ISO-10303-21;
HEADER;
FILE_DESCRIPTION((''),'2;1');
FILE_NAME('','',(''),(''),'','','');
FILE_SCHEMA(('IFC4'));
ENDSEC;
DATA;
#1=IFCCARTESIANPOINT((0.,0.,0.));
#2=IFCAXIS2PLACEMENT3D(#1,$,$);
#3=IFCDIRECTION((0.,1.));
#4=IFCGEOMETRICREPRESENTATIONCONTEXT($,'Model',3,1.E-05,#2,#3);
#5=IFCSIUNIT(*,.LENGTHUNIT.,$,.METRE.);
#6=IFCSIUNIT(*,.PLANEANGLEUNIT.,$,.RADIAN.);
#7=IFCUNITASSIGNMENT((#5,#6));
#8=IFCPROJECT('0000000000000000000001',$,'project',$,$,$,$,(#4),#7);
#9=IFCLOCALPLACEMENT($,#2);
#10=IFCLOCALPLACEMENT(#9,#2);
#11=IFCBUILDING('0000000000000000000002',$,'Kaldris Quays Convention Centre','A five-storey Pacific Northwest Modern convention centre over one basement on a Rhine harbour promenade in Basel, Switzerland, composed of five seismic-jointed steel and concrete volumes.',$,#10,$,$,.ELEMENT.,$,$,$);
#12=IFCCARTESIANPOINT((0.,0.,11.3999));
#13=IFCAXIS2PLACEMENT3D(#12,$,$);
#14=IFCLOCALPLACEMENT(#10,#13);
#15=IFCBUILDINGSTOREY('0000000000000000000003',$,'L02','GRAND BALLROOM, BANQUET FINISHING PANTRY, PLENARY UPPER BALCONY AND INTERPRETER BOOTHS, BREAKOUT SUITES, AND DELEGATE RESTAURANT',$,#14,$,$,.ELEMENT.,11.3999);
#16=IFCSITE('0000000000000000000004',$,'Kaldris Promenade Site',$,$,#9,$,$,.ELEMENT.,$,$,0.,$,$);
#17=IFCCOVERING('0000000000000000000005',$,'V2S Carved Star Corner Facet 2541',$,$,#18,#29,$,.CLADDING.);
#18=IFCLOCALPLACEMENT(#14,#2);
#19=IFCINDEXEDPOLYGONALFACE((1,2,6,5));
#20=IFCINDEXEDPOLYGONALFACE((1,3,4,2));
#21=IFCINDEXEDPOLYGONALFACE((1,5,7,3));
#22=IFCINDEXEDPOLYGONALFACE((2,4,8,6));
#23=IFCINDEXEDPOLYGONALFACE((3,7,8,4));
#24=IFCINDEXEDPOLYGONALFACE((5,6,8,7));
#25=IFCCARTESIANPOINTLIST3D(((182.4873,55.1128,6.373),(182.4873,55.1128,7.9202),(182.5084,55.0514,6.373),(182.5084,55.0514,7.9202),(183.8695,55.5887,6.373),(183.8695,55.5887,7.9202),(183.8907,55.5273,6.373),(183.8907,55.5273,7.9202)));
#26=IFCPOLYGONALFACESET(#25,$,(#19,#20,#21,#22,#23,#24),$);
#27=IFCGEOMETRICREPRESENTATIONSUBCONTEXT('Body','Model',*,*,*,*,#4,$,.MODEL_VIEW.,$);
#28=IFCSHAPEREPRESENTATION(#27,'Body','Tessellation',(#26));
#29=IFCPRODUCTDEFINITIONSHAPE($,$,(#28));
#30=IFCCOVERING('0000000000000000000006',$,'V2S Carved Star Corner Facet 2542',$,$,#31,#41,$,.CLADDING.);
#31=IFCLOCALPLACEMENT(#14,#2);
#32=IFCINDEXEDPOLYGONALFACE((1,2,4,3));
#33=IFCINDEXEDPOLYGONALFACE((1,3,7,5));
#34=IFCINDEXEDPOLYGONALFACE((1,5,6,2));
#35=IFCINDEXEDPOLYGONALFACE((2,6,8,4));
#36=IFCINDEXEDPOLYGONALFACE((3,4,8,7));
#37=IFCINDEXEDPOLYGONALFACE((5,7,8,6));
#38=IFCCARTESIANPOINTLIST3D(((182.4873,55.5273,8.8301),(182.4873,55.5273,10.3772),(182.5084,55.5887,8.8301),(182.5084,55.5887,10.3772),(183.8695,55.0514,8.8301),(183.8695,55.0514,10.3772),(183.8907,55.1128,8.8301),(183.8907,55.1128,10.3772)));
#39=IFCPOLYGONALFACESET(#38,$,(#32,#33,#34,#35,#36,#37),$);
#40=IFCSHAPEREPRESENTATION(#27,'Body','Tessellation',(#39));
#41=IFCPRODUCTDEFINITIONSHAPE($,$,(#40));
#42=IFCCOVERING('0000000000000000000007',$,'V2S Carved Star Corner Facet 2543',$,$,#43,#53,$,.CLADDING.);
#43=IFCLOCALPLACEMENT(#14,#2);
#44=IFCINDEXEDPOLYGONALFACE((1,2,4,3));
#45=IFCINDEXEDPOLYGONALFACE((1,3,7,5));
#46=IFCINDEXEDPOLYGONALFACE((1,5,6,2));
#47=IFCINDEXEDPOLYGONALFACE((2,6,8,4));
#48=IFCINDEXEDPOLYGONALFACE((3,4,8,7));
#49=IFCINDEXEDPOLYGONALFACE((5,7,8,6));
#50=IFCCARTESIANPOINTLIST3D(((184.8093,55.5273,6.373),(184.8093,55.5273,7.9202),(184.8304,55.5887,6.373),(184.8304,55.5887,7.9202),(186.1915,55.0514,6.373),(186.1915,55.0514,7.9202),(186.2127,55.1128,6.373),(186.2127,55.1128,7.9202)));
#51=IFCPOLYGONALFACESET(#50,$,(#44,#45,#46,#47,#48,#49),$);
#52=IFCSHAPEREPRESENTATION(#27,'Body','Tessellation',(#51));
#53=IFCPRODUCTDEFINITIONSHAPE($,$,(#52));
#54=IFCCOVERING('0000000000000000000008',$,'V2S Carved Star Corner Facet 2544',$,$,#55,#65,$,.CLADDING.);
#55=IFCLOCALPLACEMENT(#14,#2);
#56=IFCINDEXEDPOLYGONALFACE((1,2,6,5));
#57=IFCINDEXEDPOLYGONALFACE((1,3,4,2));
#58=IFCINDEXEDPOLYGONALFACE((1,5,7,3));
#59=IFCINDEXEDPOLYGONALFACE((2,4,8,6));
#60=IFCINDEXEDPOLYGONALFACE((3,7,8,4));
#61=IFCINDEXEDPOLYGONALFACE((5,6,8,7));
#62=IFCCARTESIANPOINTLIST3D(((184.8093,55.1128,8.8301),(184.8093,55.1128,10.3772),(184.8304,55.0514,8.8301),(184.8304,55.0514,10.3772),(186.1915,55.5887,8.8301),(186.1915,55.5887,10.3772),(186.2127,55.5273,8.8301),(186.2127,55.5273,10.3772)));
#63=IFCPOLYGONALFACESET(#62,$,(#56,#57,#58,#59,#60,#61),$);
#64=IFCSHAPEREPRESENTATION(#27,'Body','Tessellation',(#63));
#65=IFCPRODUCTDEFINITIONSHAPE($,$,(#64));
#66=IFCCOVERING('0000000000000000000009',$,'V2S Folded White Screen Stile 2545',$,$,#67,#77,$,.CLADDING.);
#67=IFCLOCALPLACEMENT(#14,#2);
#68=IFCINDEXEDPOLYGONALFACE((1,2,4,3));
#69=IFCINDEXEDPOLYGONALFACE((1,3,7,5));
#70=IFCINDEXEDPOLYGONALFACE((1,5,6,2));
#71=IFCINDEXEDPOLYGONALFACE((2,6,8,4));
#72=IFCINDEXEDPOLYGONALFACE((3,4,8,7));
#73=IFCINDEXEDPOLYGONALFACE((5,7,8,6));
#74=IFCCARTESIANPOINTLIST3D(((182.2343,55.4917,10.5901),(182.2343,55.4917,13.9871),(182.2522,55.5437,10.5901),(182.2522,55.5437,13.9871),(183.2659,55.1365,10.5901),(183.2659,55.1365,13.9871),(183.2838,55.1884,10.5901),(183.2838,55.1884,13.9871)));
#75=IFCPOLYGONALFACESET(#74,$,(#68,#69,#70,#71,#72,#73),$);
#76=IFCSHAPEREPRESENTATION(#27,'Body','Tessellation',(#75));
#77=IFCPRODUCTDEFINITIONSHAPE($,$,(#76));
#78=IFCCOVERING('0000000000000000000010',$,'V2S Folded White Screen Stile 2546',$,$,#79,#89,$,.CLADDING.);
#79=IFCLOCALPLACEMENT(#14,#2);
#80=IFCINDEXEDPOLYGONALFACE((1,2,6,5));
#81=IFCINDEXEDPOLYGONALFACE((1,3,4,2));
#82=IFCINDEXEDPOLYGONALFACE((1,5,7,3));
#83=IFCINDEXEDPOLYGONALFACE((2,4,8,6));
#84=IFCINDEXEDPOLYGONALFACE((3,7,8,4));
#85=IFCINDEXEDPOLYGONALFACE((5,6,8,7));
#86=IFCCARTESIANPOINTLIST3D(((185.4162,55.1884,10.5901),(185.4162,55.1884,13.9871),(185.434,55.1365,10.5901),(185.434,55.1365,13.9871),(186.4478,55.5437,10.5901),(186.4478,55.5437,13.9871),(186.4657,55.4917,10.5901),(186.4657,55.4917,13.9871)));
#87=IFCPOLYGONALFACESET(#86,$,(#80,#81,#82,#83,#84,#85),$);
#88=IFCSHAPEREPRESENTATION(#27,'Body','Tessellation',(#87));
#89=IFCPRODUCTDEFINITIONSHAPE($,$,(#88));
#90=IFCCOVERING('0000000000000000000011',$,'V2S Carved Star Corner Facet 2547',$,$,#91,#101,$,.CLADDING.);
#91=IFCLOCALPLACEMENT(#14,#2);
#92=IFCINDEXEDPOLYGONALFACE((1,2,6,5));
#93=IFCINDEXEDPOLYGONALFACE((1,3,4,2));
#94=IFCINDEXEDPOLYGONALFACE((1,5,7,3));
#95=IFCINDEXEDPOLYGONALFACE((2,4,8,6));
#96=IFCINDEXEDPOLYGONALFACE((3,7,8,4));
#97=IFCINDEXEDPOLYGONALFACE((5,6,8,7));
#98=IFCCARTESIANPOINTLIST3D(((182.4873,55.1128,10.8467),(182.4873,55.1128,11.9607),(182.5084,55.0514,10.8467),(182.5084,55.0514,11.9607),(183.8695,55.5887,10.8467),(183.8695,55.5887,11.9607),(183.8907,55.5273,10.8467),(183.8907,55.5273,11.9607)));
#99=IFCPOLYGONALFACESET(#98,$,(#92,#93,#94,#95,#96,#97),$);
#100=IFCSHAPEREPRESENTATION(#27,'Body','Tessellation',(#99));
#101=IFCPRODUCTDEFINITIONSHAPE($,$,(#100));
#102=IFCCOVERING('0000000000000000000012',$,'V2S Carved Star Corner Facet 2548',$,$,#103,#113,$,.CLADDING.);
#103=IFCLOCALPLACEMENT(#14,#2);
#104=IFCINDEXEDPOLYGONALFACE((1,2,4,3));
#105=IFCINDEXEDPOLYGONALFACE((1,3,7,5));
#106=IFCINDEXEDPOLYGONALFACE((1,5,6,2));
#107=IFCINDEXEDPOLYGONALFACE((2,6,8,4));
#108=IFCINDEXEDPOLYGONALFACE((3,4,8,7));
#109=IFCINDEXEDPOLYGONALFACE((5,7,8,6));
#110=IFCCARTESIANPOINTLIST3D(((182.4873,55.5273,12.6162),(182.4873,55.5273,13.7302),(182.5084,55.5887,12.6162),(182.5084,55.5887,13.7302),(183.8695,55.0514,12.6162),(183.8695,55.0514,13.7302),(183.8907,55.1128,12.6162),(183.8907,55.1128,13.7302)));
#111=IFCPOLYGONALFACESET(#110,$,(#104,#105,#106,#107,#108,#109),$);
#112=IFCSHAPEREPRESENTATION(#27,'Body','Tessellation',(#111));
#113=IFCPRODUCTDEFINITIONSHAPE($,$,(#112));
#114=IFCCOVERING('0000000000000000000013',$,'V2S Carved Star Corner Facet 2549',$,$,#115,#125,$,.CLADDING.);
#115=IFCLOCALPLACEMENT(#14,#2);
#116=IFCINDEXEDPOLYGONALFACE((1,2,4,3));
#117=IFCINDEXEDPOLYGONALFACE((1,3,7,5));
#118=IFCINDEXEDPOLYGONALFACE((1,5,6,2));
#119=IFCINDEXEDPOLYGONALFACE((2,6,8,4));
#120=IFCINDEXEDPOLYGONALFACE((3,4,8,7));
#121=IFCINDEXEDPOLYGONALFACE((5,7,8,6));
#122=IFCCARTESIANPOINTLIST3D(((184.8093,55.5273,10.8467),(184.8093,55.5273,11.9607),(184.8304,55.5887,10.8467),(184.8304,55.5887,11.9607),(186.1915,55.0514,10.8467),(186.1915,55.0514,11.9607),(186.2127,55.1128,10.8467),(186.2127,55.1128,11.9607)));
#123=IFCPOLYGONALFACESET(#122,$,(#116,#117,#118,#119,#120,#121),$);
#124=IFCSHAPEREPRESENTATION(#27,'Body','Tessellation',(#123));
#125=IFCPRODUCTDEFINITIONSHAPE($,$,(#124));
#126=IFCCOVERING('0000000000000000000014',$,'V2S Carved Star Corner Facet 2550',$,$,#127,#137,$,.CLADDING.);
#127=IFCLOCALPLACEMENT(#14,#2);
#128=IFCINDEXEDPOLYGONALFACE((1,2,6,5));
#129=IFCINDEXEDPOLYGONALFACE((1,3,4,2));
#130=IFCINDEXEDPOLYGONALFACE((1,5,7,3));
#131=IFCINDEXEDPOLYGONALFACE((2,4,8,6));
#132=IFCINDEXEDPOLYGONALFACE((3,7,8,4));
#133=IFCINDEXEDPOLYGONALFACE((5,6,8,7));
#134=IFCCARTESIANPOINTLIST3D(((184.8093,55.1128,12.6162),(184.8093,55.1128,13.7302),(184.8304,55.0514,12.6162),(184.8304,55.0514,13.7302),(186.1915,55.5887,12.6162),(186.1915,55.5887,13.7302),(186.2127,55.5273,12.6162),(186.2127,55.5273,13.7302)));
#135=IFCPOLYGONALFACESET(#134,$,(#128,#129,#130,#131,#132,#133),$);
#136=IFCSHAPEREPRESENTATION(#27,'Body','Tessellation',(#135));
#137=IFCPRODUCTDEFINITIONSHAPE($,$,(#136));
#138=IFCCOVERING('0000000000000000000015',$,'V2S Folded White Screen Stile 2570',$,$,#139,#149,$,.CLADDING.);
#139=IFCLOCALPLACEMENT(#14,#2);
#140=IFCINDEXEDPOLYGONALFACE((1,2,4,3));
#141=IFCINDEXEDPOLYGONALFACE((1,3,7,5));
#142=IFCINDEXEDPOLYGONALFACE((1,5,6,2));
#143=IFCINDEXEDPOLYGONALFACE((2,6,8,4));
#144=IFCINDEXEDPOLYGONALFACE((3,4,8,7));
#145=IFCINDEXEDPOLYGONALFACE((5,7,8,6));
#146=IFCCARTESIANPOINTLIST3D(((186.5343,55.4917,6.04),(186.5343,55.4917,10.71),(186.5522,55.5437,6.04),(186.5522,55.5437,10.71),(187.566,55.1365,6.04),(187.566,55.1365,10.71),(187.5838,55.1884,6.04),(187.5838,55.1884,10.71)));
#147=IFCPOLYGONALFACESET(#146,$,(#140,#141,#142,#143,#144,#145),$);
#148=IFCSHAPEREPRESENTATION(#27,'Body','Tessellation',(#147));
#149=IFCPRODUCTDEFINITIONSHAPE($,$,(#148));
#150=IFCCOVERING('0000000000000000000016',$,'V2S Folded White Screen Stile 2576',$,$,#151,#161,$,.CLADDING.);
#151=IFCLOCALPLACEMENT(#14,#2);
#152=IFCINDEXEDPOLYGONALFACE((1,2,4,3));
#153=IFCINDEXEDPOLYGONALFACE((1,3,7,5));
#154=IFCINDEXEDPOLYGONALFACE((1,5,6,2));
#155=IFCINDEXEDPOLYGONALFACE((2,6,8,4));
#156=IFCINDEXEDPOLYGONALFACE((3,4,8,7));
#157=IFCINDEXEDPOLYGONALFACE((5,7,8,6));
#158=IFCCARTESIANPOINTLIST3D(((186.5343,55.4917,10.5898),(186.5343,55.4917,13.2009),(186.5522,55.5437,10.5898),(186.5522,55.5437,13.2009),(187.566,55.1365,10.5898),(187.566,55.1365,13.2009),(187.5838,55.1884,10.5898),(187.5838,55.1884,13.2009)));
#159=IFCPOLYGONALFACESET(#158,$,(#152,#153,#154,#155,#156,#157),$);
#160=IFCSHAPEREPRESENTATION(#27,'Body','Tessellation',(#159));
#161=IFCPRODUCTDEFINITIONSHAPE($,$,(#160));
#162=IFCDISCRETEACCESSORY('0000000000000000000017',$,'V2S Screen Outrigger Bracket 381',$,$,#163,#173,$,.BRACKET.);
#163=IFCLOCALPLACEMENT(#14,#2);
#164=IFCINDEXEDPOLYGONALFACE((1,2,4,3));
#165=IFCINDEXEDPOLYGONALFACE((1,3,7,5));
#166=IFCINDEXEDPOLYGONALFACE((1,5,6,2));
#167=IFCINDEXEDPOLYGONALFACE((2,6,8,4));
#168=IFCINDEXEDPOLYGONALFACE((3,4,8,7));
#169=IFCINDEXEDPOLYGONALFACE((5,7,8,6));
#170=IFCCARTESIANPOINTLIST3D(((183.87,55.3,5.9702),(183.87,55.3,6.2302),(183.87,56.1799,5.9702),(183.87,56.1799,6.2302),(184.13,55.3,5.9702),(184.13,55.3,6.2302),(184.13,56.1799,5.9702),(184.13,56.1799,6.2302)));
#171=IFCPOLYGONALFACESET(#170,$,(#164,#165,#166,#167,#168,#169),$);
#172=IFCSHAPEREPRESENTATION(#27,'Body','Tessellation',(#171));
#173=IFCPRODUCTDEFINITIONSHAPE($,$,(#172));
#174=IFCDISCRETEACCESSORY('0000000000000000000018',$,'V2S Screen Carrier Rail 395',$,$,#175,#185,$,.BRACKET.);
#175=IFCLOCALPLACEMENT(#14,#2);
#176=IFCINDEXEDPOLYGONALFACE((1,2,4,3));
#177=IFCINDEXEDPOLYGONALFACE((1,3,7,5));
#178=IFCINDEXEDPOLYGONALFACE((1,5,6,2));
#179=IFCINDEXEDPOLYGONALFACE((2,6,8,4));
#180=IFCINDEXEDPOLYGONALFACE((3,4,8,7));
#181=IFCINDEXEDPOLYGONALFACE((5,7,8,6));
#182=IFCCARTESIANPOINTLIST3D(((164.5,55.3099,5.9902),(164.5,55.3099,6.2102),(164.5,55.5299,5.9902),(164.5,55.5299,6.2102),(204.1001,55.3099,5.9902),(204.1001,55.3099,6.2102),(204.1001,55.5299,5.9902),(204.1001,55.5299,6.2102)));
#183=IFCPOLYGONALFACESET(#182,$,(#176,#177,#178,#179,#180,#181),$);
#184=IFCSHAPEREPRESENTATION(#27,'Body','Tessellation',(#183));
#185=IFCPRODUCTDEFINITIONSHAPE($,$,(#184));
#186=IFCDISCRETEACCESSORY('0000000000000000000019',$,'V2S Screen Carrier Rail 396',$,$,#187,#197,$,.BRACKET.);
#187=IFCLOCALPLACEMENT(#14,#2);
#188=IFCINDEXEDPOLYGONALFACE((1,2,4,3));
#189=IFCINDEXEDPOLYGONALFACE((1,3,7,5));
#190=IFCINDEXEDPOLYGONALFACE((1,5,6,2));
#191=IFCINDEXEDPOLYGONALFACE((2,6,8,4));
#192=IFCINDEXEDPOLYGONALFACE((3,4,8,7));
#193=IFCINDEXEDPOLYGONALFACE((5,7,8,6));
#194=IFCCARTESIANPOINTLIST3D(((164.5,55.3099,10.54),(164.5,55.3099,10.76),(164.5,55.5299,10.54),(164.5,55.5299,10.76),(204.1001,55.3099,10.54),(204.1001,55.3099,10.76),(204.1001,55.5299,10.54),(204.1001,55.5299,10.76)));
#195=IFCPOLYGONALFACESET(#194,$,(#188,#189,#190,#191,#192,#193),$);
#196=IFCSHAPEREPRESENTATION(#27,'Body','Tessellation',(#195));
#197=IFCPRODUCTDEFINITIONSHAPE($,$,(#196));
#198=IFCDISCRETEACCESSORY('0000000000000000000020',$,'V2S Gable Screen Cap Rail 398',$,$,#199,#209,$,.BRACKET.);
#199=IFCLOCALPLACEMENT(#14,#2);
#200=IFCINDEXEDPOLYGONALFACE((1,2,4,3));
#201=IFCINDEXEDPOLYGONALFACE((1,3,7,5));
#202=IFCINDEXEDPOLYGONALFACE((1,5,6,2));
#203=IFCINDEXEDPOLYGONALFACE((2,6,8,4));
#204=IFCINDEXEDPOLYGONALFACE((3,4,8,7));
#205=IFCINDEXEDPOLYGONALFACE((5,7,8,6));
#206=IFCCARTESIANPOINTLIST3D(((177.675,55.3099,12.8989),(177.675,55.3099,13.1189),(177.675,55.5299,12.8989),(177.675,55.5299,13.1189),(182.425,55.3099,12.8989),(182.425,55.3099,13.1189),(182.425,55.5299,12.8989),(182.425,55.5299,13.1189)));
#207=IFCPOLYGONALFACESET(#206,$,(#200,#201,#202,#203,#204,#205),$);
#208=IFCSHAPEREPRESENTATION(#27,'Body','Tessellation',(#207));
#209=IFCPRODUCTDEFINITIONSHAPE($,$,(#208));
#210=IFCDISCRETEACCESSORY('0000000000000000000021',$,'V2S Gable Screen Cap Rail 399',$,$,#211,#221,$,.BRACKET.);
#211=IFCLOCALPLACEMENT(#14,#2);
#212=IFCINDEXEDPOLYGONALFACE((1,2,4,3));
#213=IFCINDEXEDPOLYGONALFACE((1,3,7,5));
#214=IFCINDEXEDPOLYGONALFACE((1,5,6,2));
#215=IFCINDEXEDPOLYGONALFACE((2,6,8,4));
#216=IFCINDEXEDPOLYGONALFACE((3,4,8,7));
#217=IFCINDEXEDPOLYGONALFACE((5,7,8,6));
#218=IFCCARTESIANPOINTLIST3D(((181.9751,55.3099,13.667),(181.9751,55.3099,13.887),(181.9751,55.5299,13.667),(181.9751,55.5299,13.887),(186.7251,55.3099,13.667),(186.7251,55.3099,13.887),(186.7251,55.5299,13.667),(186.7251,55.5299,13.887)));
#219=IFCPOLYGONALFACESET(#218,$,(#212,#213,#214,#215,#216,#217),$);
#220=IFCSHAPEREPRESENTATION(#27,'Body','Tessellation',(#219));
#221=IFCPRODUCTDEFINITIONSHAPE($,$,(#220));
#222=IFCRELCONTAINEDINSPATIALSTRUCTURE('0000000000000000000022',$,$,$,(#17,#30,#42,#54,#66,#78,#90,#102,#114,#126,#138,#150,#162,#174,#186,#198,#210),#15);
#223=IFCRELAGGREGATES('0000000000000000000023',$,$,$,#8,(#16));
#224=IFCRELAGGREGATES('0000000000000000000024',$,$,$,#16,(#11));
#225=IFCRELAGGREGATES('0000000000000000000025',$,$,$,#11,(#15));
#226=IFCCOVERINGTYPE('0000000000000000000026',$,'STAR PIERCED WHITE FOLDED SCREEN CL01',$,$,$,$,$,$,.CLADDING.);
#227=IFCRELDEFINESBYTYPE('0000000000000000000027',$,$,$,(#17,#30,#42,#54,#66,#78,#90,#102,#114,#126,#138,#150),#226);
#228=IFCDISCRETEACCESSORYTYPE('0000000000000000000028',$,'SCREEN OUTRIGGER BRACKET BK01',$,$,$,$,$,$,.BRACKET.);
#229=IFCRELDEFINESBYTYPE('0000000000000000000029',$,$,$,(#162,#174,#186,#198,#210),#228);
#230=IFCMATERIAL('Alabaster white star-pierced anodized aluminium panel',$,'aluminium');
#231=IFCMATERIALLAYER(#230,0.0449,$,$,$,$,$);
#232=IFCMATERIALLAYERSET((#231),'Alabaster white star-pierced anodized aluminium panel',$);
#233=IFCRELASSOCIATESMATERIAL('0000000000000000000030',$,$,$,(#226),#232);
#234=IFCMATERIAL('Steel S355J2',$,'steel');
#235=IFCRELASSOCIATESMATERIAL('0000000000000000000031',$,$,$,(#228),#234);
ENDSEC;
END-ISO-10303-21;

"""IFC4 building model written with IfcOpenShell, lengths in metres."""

from ifc_helpers import new_model, si_unit, direction, frame, origin, origin_2d, place, context, subcontext, project, spatial, rectangle, extrude, material, layer, layer_set, type_object, element, save


model = new_model("IFC4")

# Units and contexts
model_context = context("Model", 3, precision=1e-05, world=origin(), true_north=direction((0.0, 1.0)))
body_context = subcontext(model_context, "Body", "Model", "MODEL_VIEW")
ifc_project = project(units=[si_unit("LENGTHUNIT", "METRE"), si_unit("PLANEANGLEUNIT", "RADIAN")], contexts=[model_context])

# Site, building, storey
site_placement = place(None, origin())
site = spatial("IfcSite", under=ifc_project, at=site_placement, Name="Kaldris Promenade Site", CompositionType="ELEMENT", RefElevation=0.0)
building_placement = place(site_placement, origin())
building = spatial("IfcBuilding", under=site, at=building_placement, Name="Kaldris Quays Convention Centre", Description="A five-storey Pacific Northwest Modern convention centre over one basement on a Rhine harbour promenade in Basel, Switzerland, composed of five seismic-jointed steel and concrete volumes.", CompositionType="ELEMENT")
storey_placement = place(building_placement, frame((0.0, 0.0, 11.3999)))
storey = spatial("IfcBuildingStorey", under=building, at=storey_placement, Name="L02", Description="GRAND BALLROOM, BANQUET FINISHING PANTRY, PLENARY UPPER BALCONY AND INTERPRETER BOOTHS, BREAKOUT SUITES, AND DELEGATE RESTAURANT", CompositionType="ELEMENT", Elevation=11.3999)

# Coverings
ifc_material_1 = material(Name="Alabaster white star-pierced anodized aluminium panel", Category="aluminium")
ifc_layer = layer(ifc_material_1, 0.0449)
ifc_layer_set = layer_set([ifc_layer], Name="Alabaster white star-pierced anodized aluminium panel")
covering_type = type_object("IfcCoveringType", Name="STAR PIERCED WHITE FOLDED SCREEN CL01", PredefinedType="CLADDING", material=ifc_layer_set)
for number, where, z_axis, x_axis, name in (
    (1, (183.189, 55.3201, 6.373), (0.0, 0.0, 1.0), (0.945519, 0.325568, 0.0), "V2S Carved Star Corner Facet 2541"),
    (2, (183.189, 55.3201, 8.8301), (0.0, 0.0, 1.0), (0.945519, -0.325568, 0.0), "V2S Carved Star Corner Facet 2542"),
    (3, (185.511, 55.3201, 6.373), (0.0, 0.0, 1.0), (0.945519, -0.325568, 0.0), "V2S Carved Star Corner Facet 2543"),
    (4, (185.511, 55.3201, 8.8301), (0.0, 0.0, 1.0), (0.945519, 0.325568, 0.0), "V2S Carved Star Corner Facet 2544"),
):
    element("IfcCovering", number, at=place(storey_placement, frame(where, z_axis=z_axis, x_axis=x_axis)), inside=storey, type_object=covering_type, Name=name, PredefinedType="CLADDING", context=body_context, shape_type="SweptSolid", body=[
        extrude(rectangle(XDim=1.4619, YDim=0.0649, at=origin_2d()), origin(), (0.0, 0.0, 1.0), 1.5471),
    ])
for number, where, z_axis, x_axis, name in (
    (5, (182.759, 55.3401, 10.5901), (0.0, 0.0, 1.0), (0.945519, -0.325568, 0.0), "V2S Folded White Screen Stile 2545"),
    (6, (185.9409, 55.3401, 10.5901), (0.0, 0.0, 1.0), (0.945519, 0.325568, 0.0), "V2S Folded White Screen Stile 2546"),
):
    element("IfcCovering", number, at=place(storey_placement, frame(where, z_axis=z_axis, x_axis=x_axis)), inside=storey, type_object=covering_type, Name=name, PredefinedType="CLADDING", context=body_context, shape_type="SweptSolid", body=[
        extrude(rectangle(XDim=1.0911, YDim=0.0549, at=origin_2d()), origin(), (0.0, 0.0, 1.0), 3.397),
    ])
for number, where, z_axis, x_axis, name in (
    (7, (183.189, 55.3201, 10.8467), (0.0, 0.0, 1.0), (0.945519, 0.325568, 0.0), "V2S Carved Star Corner Facet 2547"),
    (8, (183.189, 55.3201, 12.6162), (0.0, 0.0, 1.0), (0.945519, -0.325568, 0.0), "V2S Carved Star Corner Facet 2548"),
    (9, (185.511, 55.3201, 10.8467), (0.0, 0.0, 1.0), (0.945519, -0.325568, 0.0), "V2S Carved Star Corner Facet 2549"),
    (10, (185.511, 55.3201, 12.6162), (0.0, 0.0, 1.0), (0.945519, 0.325568, 0.0), "V2S Carved Star Corner Facet 2550"),
):
    element("IfcCovering", number, at=place(storey_placement, frame(where, z_axis=z_axis, x_axis=x_axis)), inside=storey, type_object=covering_type, Name=name, PredefinedType="CLADDING", context=body_context, shape_type="SweptSolid", body=[
        extrude(rectangle(XDim=1.4619, YDim=0.0649, at=origin_2d()), origin(), (0.0, 0.0, 1.0), 1.114),
    ])
covering_1_placement = place(storey_placement, frame((187.0591, 55.3401, 6.04), z_axis=(0.0, 0.0, 1.0), x_axis=(0.945519, -0.325568, 0.0)))
element("IfcCovering", 11, at=covering_1_placement, inside=storey, type_object=covering_type, Name="V2S Folded White Screen Stile 2570", PredefinedType="CLADDING", context=body_context, shape_type="SweptSolid", body=[
    extrude(rectangle(XDim=1.0911, YDim=0.0549, at=origin_2d()), origin(), (0.0, 0.0, 1.0), 4.6699),
])
covering_2_placement = place(storey_placement, frame((187.0591, 55.3401, 10.5898), z_axis=(0.0, 0.0, 1.0), x_axis=(0.945519, -0.325568, 0.0)))
element("IfcCovering", 12, at=covering_2_placement, inside=storey, type_object=covering_type, Name="V2S Folded White Screen Stile 2576", PredefinedType="CLADDING", context=body_context, shape_type="SweptSolid", body=[
    extrude(rectangle(XDim=1.0911, YDim=0.0549, at=origin_2d()), origin(), (0.0, 0.0, 1.0), 2.6111),
])

# Discrete accessories
ifc_material_2 = material(Name="Steel S355J2", Category="steel")
discrete_accessory_type = type_object("IfcDiscreteAccessoryType", Name="SCREEN OUTRIGGER BRACKET BK01", PredefinedType="BRACKET", material=ifc_material_2)
discrete_accessory_placement = place(storey_placement, frame((184.0, 55.74, 5.9702), z_axis=(0.0, 0.0, 1.0), x_axis=(1.0, 0.0, 0.0)))
element("IfcDiscreteAccessory", 13, at=discrete_accessory_placement, inside=storey, type_object=discrete_accessory_type, Name="V2S Screen Outrigger Bracket 381", PredefinedType="BRACKET", context=body_context, shape_type="SweptSolid", body=[
    extrude(rectangle(XDim=0.26, YDim=0.8799, at=origin_2d()), origin(), (0.0, 0.0, 1.0), 0.26),
])
for number, where, z_axis, x_axis, name in (
    (14, (184.3, 55.4199, 5.9902), (0.0, 0.0, 1.0), (1.0, 0.0, 0.0), "V2S Screen Carrier Rail 395"),
    (15, (184.3, 55.4199, 10.54), (0.0, 0.0, 1.0), (1.0, 0.0, 0.0), "V2S Screen Carrier Rail 396"),
):
    element("IfcDiscreteAccessory", number, at=place(storey_placement, frame(where, z_axis=z_axis, x_axis=x_axis)), inside=storey, type_object=discrete_accessory_type, Name=name, PredefinedType="BRACKET", context=body_context, shape_type="SweptSolid", body=[
        extrude(rectangle(XDim=39.6001, YDim=0.22, at=origin_2d()), origin(), (0.0, 0.0, 1.0), 0.22),
    ])
for number, where, z_axis, x_axis, name in (
    (16, (180.05, 55.4199, 12.8989), (0.0, 0.0, 1.0), (1.0, 0.0, 0.0), "V2S Gable Screen Cap Rail 398"),
    (17, (184.3501, 55.4199, 13.667), (0.0, 0.0, 1.0), (1.0, 0.0, 0.0), "V2S Gable Screen Cap Rail 399"),
):
    element("IfcDiscreteAccessory", number, at=place(storey_placement, frame(where, z_axis=z_axis, x_axis=x_axis)), inside=storey, type_object=discrete_accessory_type, Name=name, PredefinedType="BRACKET", context=body_context, shape_type="SweptSolid", body=[
        extrude(rectangle(XDim=4.75, YDim=0.22, at=origin_2d()), origin(), (0.0, 0.0, 1.0), 0.22),
    ])

save(model, "model.ifc")
